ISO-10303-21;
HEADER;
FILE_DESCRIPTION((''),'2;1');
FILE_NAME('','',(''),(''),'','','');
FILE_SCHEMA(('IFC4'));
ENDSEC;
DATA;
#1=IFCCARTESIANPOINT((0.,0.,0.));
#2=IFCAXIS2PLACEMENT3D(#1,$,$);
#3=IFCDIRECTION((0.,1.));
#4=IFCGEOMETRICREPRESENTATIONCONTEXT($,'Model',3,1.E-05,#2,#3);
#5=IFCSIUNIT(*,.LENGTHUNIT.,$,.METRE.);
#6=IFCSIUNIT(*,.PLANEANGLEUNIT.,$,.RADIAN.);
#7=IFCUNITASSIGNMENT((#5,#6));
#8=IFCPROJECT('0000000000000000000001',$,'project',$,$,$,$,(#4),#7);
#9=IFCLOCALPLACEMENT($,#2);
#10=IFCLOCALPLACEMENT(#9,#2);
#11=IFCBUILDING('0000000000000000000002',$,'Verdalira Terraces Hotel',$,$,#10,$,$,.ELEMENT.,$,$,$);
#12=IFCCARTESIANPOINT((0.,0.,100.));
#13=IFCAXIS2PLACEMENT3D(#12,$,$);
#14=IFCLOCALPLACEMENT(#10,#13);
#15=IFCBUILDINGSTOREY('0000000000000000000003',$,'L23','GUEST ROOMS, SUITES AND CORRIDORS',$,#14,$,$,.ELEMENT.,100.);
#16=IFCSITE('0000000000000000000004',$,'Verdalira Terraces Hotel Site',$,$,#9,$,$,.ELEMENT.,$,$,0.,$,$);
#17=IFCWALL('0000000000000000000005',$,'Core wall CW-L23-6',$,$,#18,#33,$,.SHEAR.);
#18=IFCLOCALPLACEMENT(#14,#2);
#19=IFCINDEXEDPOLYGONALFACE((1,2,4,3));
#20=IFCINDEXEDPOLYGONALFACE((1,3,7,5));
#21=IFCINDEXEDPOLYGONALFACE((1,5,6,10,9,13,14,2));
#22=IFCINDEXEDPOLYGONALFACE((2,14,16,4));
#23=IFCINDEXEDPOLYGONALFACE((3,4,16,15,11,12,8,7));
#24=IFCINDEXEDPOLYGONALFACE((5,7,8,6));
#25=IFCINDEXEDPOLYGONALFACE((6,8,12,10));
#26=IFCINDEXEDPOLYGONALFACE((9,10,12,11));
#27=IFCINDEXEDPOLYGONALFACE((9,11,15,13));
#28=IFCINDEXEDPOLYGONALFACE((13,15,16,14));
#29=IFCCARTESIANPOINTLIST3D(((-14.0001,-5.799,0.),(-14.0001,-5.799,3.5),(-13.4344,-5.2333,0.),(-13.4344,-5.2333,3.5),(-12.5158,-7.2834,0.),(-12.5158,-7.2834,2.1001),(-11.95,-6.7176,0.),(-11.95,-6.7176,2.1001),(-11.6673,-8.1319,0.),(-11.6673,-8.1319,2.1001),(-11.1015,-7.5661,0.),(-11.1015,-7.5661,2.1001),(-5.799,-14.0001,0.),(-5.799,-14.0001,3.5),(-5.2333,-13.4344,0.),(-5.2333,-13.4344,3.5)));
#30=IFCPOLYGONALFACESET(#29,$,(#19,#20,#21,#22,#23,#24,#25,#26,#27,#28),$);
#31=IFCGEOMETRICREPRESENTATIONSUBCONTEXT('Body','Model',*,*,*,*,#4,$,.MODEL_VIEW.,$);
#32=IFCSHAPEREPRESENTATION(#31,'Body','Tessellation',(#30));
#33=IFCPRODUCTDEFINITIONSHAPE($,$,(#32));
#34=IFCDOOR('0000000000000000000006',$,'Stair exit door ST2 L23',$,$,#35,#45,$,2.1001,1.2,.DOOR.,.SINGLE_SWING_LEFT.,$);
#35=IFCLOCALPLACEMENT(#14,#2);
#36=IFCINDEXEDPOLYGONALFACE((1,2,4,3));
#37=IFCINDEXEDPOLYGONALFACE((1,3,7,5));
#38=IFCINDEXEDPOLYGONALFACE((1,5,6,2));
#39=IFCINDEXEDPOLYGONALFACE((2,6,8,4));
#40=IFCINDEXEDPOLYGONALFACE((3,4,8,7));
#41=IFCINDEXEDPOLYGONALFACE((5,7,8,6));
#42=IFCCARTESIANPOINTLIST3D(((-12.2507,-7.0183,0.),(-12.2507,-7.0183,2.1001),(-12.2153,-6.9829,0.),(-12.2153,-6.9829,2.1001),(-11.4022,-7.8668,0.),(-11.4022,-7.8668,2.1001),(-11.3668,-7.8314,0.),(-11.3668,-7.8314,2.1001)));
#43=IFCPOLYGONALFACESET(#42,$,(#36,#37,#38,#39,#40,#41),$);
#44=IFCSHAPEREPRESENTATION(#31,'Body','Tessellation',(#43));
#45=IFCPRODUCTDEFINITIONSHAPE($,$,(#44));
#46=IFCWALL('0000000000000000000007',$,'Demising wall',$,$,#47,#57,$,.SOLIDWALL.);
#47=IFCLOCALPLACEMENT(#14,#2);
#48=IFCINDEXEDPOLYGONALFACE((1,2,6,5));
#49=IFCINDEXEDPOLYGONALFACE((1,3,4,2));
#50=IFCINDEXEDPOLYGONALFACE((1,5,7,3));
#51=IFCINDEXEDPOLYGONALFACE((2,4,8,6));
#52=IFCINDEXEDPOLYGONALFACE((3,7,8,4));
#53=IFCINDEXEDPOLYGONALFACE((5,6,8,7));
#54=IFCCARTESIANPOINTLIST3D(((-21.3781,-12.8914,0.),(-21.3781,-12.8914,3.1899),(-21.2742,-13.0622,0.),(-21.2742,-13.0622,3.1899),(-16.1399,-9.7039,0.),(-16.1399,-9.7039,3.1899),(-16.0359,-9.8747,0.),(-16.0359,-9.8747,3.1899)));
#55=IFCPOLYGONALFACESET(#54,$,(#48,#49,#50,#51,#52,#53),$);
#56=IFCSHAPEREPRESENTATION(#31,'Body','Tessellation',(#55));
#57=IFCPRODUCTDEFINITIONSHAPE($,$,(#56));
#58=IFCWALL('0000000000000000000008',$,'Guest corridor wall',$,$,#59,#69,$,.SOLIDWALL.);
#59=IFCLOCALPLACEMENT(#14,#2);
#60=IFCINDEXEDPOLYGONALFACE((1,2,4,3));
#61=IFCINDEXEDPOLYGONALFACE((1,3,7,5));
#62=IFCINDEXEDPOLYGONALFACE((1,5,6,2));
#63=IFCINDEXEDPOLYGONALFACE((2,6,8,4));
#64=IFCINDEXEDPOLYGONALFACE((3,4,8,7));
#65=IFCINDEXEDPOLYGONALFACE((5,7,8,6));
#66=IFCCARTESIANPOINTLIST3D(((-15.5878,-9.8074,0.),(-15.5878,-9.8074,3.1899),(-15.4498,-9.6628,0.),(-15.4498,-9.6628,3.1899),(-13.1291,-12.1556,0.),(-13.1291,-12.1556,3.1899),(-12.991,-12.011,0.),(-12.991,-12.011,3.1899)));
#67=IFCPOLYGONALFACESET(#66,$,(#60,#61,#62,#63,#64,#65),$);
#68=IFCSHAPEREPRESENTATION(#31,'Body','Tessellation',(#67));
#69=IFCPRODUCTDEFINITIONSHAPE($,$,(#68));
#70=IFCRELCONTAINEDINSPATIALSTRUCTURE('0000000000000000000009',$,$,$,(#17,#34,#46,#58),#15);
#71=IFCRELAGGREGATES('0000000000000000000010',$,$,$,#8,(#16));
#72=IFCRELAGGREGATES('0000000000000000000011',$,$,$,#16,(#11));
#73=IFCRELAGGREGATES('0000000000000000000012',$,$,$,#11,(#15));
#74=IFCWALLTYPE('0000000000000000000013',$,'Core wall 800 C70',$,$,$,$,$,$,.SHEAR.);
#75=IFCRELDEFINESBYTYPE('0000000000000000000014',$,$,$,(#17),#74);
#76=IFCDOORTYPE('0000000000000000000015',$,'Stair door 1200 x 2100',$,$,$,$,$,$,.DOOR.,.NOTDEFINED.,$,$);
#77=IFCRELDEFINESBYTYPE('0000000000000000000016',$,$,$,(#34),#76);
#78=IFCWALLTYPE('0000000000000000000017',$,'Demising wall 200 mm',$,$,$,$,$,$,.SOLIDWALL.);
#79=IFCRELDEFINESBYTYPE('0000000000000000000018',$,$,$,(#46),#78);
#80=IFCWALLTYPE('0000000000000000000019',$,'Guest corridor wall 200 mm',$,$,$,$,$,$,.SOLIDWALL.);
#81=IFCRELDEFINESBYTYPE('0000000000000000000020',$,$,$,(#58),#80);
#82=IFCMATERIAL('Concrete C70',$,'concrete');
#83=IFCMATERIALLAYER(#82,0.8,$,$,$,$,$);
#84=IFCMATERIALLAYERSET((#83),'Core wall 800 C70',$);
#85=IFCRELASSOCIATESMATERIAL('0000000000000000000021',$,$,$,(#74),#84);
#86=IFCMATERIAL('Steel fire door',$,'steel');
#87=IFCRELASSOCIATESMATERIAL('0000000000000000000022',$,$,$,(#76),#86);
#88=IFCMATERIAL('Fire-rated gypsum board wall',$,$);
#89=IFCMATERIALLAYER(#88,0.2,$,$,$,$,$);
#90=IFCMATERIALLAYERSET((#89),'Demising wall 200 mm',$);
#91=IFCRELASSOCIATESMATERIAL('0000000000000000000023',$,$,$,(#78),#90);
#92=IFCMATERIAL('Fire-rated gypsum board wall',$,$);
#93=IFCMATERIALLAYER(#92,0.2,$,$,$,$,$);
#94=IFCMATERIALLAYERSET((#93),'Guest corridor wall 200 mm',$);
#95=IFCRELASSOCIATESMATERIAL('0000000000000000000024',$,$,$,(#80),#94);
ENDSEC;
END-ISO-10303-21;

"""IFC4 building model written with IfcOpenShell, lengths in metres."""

from ifc_helpers import new_model, si_unit, direction, frame, frame_2d, origin, place, context, subcontext, project, spatial, rectangle, extrude, material, layer, layer_set, type_object, element, fill, save


model = new_model("IFC4")

# Units and contexts
model_context = context("Model", 3, precision=1e-05, world=origin(), true_north=direction((0.0, 1.0)))
body_context = subcontext(model_context, "Body", "Model", "MODEL_VIEW")
ifc_project = project(units=[si_unit("LENGTHUNIT", "METRE"), si_unit("PLANEANGLEUNIT", "RADIAN")], contexts=[model_context])

# Site, building, storey
site_placement = place(None, origin())
site = spatial("IfcSite", under=ifc_project, at=site_placement, Name="Verdalira Terraces Hotel Site", CompositionType="ELEMENT", RefElevation=0.0)
building_placement = place(site_placement, origin())
building = spatial("IfcBuilding", under=site, at=building_placement, Name="Verdalira Terraces Hotel", CompositionType="ELEMENT")
storey_placement = place(building_placement, frame((0.0, 0.0, 100.0)))
storey = spatial("IfcBuildingStorey", under=building, at=storey_placement, Name="L23", Description="GUEST ROOMS, SUITES AND CORRIDORS", CompositionType="ELEMENT", Elevation=100.0)

# Wall, opening, door
ifc_material_1 = material(Name="Concrete C70", Category="concrete")
ifc_layer_1 = layer(ifc_material_1, 0.8)
ifc_layer_set_1 = layer_set([ifc_layer_1], Name="Core wall 800 C70")
wall_type_1 = type_object("IfcWallType", Name="Core wall 800 C70", PredefinedType="SHEAR", material=ifc_layer_set_1)
wall_1_placement = place(storey_placement, frame((-13.7173, -5.5161, 0.0), z_axis=(0.0, 0.0, 1.0), x_axis=(0.707107, -0.707107, 0.0)))
wall_1 = element("IfcWall", 1, at=wall_1_placement, inside=storey, type_object=wall_type_1, Name="Core wall CW-L23-6", PredefinedType="SHEAR", context=body_context, shape_type="SweptSolid", body=[
    extrude(rectangle(XDim=11.5981, YDim=0.8, at=frame_2d((5.7991, 0.0))), origin(), (0.0, 0.0, 1.0), 3.5),
])
opening_1_placement = place(wall_1_placement, frame((2.0991, 0.0, 0.0)))
opening_1 = element("IfcOpeningElement", 2, at=opening_1_placement, cuts=wall_1, PredefinedType="OPENING", context=body_context, shape_type="SweptSolid", body=[
    extrude(rectangle(XDim=1.2, YDim=2.1001, at=frame_2d((0.6001, 1.05))), frame((0.0, 0.4099, 0.0), z_axis=(0.0, -1.0, 0.0), x_axis=(1.0, 0.0, 0.0)), (0.0, 0.0, 1.0), 0.8201),
])
ifc_material_2 = material(Name="Steel fire door", Category="steel")
door_type_1 = type_object("IfcDoorType", Name="Stair door 1200 x 2100", OperationType="NOTDEFINED", PredefinedType="DOOR", material=ifc_material_2)
door_1_placement = place(opening_1_placement, origin())
door_1 = element("IfcDoor", 3, at=door_1_placement, inside=storey, type_object=door_type_1, Name="Stair exit door ST2 L23", OperationType="SINGLE_SWING_LEFT", OverallHeight=2.1001, OverallWidth=1.2, PredefinedType="DOOR", context=body_context, shape_type="SweptSolid", body=[
    extrude(rectangle(XDim=1.2, YDim=2.1001, at=frame_2d((0.6001, 1.05))), frame((0.0, 0.0249, 0.0), z_axis=(0.0, -1.0, 0.0), x_axis=(1.0, 0.0, 0.0)), (0.0, 0.0, 1.0), 0.05),
])
fill(opening_1, door_1)

# Walls
ifc_material_3 = material(Name="Fire-rated gypsum board wall")
ifc_layer_2 = layer(ifc_material_3, 0.2)
ifc_layer_set_2 = layer_set([ifc_layer_2], Name="Demising wall 200 mm")
wall_type_2 = type_object("IfcWallType", Name="Demising wall 200 mm", PredefinedType="SOLIDWALL", material=ifc_layer_set_2)
wall_2_placement = place(storey_placement, frame((-16.0879, -9.7893, 0.0), z_axis=(0.0, 0.0, 1.0), x_axis=(-0.854272, -0.519826, 0.0)))
element("IfcWall", 4, at=wall_2_placement, inside=storey, type_object=wall_type_2, Name="Demising wall", PredefinedType="SOLIDWALL", context=body_context, shape_type="SweptSolid", body=[
    extrude(rectangle(XDim=6.1318, YDim=0.2, at=frame_2d((3.0659, 0.0))), origin(), (0.0, 0.0, 1.0), 3.1899),
])
ifc_material_4 = material(Name="Fire-rated gypsum board wall")
ifc_layer_3 = layer(ifc_material_4, 0.2)
ifc_layer_set_3 = layer_set([ifc_layer_3], Name="Guest corridor wall 200 mm")
wall_type_3 = type_object("IfcWallType", Name="Guest corridor wall 200 mm", PredefinedType="SOLIDWALL", material=ifc_layer_set_3)
wall_3_placement = place(storey_placement, frame((-15.5188, -9.7351, 0.0), z_axis=(0.0, 0.0, 1.0), x_axis=(0.723184, -0.690655, 0.0)))
element("IfcWall", 5, at=wall_3_placement, inside=storey, type_object=wall_type_3, Name="Guest corridor wall", PredefinedType="SOLIDWALL", context=body_context, shape_type="SweptSolid", body=[
    extrude(rectangle(XDim=3.3999, YDim=0.2, at=frame_2d((1.7, 0.0))), origin(), (0.0, 0.0, 1.0), 3.1899),
])

save(model, "model.ifc")
